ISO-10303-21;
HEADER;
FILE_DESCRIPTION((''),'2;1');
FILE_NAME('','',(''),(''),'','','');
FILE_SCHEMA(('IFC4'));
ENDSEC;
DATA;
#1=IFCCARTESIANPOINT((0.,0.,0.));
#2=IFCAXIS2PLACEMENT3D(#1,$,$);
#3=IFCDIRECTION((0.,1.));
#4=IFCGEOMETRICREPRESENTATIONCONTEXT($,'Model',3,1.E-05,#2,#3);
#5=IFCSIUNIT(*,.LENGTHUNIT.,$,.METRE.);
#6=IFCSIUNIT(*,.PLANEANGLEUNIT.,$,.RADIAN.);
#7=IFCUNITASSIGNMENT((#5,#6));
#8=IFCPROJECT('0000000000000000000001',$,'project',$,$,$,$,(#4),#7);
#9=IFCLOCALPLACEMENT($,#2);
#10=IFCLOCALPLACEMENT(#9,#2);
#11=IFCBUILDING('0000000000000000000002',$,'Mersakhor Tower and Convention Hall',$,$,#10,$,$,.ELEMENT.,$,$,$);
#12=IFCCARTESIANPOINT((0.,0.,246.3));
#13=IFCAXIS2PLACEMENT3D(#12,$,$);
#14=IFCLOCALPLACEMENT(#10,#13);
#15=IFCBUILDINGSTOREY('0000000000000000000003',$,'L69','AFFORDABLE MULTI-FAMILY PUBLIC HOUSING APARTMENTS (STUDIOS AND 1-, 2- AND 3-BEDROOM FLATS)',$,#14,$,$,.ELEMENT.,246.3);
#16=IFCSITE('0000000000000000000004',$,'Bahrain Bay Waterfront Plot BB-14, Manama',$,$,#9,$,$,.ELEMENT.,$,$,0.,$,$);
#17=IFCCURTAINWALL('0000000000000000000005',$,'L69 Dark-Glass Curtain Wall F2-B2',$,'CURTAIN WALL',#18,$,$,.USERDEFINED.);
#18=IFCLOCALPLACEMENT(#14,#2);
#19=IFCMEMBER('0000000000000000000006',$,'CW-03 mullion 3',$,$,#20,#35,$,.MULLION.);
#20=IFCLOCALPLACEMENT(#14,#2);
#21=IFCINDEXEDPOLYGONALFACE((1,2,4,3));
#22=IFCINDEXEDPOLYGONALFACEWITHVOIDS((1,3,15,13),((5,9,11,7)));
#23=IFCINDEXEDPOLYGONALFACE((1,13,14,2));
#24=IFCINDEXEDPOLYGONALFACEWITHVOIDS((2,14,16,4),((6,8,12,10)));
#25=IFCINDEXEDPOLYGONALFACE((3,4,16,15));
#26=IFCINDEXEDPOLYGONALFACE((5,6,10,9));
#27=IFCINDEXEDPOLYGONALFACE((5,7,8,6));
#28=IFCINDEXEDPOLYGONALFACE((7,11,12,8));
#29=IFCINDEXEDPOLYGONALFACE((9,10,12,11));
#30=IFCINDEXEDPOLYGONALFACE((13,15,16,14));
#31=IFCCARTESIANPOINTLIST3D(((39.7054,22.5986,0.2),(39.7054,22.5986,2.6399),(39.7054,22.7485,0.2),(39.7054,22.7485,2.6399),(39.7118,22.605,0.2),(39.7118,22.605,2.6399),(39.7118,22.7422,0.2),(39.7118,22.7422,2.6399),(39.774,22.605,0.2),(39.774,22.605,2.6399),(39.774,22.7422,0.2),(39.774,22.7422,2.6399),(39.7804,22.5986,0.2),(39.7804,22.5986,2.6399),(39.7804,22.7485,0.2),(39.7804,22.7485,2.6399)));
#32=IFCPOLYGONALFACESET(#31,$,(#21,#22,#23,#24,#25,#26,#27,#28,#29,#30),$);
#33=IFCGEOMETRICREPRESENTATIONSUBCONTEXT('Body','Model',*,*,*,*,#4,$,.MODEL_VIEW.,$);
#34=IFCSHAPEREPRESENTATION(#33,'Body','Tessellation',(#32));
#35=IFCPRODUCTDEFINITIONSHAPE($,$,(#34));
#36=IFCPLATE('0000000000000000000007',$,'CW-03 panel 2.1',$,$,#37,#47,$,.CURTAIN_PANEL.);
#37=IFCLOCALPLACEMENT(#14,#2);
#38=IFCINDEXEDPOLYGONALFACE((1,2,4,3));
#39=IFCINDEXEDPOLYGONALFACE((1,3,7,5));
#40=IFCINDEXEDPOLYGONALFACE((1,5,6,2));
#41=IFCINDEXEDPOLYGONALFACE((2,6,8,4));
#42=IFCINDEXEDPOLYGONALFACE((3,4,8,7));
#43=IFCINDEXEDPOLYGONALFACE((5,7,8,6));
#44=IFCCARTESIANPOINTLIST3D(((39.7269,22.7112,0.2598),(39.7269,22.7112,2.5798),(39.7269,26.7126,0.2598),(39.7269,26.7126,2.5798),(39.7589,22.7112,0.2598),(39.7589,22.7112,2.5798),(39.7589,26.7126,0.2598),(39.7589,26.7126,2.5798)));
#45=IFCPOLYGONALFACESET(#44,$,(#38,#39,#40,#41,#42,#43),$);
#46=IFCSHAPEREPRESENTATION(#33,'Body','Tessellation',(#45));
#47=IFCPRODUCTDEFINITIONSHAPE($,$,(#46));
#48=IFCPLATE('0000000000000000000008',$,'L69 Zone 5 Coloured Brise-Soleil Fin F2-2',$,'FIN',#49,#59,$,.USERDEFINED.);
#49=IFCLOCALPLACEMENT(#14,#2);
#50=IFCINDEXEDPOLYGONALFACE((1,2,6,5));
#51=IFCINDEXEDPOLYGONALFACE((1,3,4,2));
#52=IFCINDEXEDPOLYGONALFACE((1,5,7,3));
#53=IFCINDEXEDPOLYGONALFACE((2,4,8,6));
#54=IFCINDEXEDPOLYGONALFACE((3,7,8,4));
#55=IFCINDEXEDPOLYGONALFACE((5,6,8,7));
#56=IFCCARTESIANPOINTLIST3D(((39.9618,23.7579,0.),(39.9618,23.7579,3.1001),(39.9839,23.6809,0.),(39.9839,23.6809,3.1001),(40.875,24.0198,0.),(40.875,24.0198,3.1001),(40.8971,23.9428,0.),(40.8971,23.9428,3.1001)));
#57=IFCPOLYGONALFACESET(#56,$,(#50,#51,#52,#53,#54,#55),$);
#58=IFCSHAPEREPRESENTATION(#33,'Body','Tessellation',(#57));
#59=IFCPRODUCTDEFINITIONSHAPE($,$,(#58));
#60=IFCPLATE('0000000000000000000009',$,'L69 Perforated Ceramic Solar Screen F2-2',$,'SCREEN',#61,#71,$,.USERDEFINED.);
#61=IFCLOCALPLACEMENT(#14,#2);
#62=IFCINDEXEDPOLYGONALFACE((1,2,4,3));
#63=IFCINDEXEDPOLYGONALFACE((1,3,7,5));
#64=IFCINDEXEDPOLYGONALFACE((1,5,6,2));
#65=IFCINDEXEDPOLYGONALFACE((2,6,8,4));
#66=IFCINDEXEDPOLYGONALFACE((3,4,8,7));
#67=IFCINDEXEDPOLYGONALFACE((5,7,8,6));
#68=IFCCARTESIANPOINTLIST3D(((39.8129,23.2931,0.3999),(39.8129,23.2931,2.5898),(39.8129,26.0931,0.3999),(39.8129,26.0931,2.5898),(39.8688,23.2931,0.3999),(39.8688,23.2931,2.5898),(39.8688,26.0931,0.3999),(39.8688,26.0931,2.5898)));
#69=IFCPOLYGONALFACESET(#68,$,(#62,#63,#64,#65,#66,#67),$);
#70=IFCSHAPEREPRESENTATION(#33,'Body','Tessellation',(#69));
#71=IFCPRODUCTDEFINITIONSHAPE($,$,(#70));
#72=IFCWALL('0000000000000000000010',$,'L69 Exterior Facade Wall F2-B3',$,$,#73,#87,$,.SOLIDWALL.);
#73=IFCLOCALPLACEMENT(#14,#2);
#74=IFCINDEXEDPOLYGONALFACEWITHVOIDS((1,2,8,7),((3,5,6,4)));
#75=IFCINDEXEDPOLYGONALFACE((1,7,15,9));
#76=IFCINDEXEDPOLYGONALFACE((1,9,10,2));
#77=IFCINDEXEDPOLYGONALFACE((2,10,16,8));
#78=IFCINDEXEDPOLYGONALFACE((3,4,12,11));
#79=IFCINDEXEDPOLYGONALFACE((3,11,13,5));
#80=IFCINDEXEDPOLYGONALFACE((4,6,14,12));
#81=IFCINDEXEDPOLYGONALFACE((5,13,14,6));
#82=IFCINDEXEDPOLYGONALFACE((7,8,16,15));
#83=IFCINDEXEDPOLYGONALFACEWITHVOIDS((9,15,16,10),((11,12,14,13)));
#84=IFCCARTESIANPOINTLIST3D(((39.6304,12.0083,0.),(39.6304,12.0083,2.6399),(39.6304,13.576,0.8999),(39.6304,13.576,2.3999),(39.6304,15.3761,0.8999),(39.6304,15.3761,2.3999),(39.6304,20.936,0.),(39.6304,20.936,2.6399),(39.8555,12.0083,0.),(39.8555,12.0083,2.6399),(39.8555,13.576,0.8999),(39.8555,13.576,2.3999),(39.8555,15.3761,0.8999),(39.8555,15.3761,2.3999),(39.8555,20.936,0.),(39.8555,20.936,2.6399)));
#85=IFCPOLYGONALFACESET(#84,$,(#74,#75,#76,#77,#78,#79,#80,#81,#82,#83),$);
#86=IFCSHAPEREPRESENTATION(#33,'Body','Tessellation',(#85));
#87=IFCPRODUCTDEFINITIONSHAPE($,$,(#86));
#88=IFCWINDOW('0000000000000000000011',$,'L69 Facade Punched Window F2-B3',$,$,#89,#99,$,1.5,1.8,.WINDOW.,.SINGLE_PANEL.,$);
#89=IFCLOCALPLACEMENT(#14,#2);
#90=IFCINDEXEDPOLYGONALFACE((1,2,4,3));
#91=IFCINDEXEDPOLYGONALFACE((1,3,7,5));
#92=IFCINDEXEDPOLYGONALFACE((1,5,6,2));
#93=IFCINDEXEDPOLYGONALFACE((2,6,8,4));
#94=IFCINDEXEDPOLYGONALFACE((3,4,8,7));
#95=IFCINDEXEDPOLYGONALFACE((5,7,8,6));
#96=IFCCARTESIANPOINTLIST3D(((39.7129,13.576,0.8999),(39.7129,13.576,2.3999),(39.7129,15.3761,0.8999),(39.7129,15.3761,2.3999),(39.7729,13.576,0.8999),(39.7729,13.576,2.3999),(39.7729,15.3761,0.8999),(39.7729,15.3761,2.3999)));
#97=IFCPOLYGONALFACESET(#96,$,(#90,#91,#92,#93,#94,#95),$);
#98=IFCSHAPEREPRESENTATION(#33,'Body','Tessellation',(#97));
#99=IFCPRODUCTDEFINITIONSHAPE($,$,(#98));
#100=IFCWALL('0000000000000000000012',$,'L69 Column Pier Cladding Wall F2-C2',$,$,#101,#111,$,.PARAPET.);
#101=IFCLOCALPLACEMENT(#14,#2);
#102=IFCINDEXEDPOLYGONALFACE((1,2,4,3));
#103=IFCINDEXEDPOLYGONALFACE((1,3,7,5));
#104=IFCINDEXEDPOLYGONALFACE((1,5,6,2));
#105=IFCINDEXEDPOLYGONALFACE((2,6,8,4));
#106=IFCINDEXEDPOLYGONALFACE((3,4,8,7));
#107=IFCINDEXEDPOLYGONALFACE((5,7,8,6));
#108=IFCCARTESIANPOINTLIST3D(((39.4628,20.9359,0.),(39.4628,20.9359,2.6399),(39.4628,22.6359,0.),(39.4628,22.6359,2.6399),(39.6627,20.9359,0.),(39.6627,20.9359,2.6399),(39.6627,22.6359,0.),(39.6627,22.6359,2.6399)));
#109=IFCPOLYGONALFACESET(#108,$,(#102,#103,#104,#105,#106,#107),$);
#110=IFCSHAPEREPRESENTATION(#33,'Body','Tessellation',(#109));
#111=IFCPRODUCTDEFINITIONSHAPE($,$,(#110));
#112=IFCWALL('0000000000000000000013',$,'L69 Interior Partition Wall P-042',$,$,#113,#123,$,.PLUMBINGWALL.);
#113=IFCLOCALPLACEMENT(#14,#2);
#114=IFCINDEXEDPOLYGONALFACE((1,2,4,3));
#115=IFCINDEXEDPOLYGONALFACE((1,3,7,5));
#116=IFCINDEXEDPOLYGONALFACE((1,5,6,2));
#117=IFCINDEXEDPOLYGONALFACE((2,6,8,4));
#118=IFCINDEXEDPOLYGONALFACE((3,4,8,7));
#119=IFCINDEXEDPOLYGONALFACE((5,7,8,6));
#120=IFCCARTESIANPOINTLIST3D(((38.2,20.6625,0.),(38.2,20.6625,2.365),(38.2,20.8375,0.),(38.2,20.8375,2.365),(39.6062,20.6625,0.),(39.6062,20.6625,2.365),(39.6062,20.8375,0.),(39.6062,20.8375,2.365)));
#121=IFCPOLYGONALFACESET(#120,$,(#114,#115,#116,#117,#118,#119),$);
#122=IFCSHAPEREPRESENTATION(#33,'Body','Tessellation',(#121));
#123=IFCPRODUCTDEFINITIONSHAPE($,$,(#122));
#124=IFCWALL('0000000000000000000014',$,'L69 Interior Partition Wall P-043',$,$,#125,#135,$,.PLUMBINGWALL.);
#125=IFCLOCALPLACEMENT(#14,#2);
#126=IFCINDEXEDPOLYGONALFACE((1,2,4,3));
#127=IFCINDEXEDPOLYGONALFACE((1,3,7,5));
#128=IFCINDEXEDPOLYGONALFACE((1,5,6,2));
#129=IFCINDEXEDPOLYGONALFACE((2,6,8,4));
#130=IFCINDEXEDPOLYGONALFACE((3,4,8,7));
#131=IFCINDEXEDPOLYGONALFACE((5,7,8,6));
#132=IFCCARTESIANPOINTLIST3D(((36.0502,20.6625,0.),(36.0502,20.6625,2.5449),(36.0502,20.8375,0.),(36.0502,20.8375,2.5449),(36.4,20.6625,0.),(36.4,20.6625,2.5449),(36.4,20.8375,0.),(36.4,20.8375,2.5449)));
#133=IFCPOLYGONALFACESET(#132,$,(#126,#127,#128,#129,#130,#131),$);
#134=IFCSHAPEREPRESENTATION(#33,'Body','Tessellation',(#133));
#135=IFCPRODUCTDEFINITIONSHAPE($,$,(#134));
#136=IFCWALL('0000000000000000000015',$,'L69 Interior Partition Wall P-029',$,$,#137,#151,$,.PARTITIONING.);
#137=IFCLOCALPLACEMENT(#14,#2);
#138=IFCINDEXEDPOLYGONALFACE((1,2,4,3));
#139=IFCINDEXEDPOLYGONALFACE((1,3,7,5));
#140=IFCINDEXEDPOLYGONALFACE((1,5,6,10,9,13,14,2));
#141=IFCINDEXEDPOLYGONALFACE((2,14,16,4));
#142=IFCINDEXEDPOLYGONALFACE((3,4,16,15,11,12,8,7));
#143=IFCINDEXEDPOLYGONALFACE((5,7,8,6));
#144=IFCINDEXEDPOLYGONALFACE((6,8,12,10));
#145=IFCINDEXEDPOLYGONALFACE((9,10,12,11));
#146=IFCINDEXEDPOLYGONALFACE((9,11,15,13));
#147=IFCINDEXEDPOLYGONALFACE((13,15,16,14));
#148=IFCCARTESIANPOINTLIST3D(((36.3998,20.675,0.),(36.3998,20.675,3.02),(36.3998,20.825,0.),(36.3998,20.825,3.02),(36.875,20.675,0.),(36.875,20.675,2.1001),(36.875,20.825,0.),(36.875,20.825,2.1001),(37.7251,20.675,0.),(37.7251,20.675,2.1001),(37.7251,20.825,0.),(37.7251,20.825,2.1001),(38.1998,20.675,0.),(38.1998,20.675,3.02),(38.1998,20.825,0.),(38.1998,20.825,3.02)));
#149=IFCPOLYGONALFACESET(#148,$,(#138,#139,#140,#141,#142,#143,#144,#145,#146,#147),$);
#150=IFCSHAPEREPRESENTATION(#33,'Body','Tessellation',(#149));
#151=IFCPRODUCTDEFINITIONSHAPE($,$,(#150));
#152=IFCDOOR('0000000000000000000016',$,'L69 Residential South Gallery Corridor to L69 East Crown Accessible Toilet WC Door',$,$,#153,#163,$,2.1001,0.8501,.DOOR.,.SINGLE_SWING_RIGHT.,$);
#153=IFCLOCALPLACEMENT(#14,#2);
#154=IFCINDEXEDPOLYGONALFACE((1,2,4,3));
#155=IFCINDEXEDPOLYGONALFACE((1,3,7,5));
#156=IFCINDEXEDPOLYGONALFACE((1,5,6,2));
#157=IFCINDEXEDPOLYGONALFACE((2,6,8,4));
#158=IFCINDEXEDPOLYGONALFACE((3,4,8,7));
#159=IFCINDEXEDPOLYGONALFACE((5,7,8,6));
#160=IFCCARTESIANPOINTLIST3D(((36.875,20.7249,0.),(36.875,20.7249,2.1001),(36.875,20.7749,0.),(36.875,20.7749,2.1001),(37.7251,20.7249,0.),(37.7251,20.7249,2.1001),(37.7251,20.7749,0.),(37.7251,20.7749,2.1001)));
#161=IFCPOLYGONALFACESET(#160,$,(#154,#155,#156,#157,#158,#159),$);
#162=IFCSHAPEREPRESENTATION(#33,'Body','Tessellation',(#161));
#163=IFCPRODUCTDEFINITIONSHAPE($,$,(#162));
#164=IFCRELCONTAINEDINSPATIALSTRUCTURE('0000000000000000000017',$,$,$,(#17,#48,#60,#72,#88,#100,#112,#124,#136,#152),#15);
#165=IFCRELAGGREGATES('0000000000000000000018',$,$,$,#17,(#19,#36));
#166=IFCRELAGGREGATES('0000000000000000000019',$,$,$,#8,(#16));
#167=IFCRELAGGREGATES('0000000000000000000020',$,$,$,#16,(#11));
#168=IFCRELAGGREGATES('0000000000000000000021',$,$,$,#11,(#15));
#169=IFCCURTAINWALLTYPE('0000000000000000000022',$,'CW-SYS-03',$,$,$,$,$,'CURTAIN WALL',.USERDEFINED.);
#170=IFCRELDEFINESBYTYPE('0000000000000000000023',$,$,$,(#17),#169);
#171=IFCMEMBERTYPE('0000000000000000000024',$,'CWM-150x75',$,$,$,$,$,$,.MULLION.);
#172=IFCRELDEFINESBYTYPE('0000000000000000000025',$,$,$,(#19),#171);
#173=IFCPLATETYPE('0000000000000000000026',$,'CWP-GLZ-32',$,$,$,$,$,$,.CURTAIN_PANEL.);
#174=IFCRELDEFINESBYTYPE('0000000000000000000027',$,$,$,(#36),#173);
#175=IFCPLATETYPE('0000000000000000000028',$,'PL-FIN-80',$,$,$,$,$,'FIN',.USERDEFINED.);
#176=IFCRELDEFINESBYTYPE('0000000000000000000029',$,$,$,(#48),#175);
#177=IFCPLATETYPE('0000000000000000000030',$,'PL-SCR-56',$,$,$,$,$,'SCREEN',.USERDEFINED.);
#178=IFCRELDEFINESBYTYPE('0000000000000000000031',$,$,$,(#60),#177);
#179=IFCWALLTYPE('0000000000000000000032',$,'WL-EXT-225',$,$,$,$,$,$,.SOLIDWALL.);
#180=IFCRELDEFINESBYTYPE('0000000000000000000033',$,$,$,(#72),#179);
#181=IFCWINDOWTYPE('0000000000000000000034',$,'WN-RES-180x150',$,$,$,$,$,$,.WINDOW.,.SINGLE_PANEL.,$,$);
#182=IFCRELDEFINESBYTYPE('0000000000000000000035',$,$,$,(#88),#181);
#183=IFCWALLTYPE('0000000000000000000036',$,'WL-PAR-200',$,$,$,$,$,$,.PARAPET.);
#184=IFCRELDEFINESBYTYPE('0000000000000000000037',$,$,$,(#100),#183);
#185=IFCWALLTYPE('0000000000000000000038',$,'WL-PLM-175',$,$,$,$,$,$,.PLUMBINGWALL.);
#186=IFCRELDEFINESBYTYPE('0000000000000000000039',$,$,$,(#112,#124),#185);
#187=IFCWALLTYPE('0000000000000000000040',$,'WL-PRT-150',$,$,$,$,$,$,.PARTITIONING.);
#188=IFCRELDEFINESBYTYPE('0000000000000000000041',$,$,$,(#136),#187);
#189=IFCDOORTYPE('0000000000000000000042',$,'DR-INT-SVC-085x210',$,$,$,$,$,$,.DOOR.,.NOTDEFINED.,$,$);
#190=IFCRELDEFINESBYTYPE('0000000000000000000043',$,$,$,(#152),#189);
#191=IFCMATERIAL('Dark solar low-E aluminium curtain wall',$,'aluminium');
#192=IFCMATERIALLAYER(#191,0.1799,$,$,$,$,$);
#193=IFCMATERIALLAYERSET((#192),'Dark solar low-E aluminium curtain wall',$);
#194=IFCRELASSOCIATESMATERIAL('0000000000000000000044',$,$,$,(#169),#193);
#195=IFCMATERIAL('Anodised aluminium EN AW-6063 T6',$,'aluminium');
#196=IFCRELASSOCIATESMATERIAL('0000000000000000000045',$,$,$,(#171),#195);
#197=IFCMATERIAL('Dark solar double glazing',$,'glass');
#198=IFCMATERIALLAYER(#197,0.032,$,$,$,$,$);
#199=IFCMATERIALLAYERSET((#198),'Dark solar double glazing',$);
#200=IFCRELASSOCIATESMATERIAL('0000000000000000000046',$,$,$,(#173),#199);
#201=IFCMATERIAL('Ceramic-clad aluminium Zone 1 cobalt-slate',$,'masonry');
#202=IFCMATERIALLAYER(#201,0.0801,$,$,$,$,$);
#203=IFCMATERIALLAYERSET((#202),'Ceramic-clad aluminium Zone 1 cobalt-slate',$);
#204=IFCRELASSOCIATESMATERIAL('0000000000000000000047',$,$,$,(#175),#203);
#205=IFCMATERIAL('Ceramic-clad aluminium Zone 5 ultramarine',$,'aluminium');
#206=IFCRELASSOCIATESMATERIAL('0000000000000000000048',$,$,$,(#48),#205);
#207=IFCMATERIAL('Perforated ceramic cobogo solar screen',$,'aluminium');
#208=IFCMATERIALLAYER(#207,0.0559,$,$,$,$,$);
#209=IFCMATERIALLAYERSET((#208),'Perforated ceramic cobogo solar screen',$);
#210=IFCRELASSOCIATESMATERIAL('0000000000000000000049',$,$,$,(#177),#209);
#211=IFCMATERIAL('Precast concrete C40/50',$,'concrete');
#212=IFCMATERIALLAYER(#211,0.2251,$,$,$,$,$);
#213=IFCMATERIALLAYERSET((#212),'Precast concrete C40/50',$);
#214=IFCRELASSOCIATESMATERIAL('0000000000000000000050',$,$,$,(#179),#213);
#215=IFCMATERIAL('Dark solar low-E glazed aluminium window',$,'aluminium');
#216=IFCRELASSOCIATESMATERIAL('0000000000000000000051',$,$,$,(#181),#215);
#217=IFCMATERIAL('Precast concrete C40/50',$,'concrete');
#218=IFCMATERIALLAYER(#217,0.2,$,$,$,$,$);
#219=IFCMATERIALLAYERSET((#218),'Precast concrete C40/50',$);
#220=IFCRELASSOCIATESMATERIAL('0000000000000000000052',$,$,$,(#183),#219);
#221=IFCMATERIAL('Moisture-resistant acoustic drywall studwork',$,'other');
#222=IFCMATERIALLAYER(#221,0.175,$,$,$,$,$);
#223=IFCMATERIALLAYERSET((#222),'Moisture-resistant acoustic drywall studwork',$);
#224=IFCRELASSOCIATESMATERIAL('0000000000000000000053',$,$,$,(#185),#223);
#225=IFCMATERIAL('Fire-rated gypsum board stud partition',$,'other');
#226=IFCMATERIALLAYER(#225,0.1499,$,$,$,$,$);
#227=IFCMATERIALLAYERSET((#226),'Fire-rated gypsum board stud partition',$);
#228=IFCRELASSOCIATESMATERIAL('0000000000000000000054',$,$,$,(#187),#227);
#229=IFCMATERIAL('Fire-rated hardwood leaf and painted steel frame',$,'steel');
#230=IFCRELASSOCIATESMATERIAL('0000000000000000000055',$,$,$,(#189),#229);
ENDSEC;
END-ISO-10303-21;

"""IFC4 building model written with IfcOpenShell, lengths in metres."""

from ifc_helpers import new_model, si_unit, direction, frame, frame_2d, origin, origin_2d, place, context, subcontext, project, spatial, rectangle, hollow_rectangle, extrude, material, layer, layer_set, material_profile, profile_set, type_object, element, fill, aggregate, save


model = new_model("IFC4")

# Units and contexts
model_context = context("Model", 3, precision=1e-05, world=origin(), true_north=direction((0.0, 1.0)))
body_context = subcontext(model_context, "Body", "Model", "MODEL_VIEW")
ifc_project = project(units=[si_unit("LENGTHUNIT", "METRE"), si_unit("PLANEANGLEUNIT", "RADIAN")], contexts=[model_context])

# Site, building, storey
site_placement = place(None, origin())
site = spatial("IfcSite", under=ifc_project, at=site_placement, Name="Bahrain Bay Waterfront Plot BB-14, Manama", CompositionType="ELEMENT", RefElevation=0.0)
building_placement = place(site_placement, origin())
building = spatial("IfcBuilding", under=site, at=building_placement, Name="Mersakhor Tower and Convention Hall", CompositionType="ELEMENT")
storey_placement = place(building_placement, frame((0.0, 0.0, 246.3)))
storey = spatial("IfcBuildingStorey", under=building, at=storey_placement, Name="L69", Description="AFFORDABLE MULTI-FAMILY PUBLIC HOUSING APARTMENTS (STUDIOS AND 1-, 2- AND 3-BEDROOM FLATS)", CompositionType="ELEMENT", Elevation=246.3)

# Curtain wall, member, plate
ifc_material_1 = material(Name="Dark solar low-E aluminium curtain wall", Category="aluminium")
ifc_layer_1 = layer(ifc_material_1, 0.1799)
ifc_layer_set_1 = layer_set([ifc_layer_1], Name="Dark solar low-E aluminium curtain wall")
curtain_wall_type = type_object("IfcCurtainWallType", Name="CW-SYS-03", ElementType="CURTAIN WALL", PredefinedType="USERDEFINED", material=ifc_layer_set_1)
curtain_wall_placement = place(storey_placement, origin())
curtain_wall = element("IfcCurtainWall", 1, at=curtain_wall_placement, inside=storey, type_object=curtain_wall_type, Name="L69 Dark-Glass Curtain Wall F2-B2", ObjectType="CURTAIN WALL", PredefinedType="USERDEFINED")
ifc_material_2 = material(Name="Anodised aluminium EN AW-6063 T6", Category="aluminium")
ifc_material_profile = material_profile(ifc_material_2, hollow_rectangle(XDim=0.075, YDim=0.1499, WallThickness=0.0063, at=origin_2d()), Name="RHS 150x75x6.3")
ifc_profile_set = profile_set([ifc_material_profile], Name="Anodised aluminium EN AW-6063 T6")
member_type = type_object("IfcMemberType", Name="CWM-150x75", PredefinedType="MULLION", material=ifc_profile_set)
member_placement = place(storey_placement, frame((39.7429, 22.6736, 0.2), z_axis=(0.0, 0.0, 1.0), x_axis=(1.0, 0.0, 0.0)))
member = element("IfcMember", 2, at=member_placement, type_object=member_type, Name="CW-03 mullion 3", PredefinedType="MULLION", context=body_context, shape_type="SweptSolid", body=[
    extrude(hollow_rectangle(XDim=0.075, YDim=0.1499, WallThickness=0.0063, at=origin_2d()), origin(), (0.0, 0.0, 1.0), 2.4399),
])
ifc_material_3 = material(Name="Dark solar double glazing", Category="glass")
ifc_layer_2 = layer(ifc_material_3, 0.032)
ifc_layer_set_2 = layer_set([ifc_layer_2], Name="Dark solar double glazing")
plate_type_1 = type_object("IfcPlateType", Name="CWP-GLZ-32", PredefinedType="CURTAIN_PANEL", material=ifc_layer_set_2)
plate_1_placement = place(storey_placement, frame((39.7429, 24.7119, 0.2598), z_axis=(0.0, 0.0, 1.0), x_axis=(0.0, -1.0, 0.0)))
plate_1 = element("IfcPlate", 3, at=plate_1_placement, type_object=plate_type_1, Name="CW-03 panel 2.1", PredefinedType="CURTAIN_PANEL", context=body_context, shape_type="SweptSolid", body=[
    extrude(rectangle(XDim=4.0015, YDim=0.032, at=origin_2d()), origin(), (0.0, 0.0, 1.0), 2.3201),
])
aggregate(curtain_wall, [member, plate_1])

# Plates
ifc_material_4 = material(Name="Ceramic-clad aluminium Zone 5 ultramarine", Category="aluminium")
ifc_material_5 = material(Name="Ceramic-clad aluminium Zone 1 cobalt-slate", Category="masonry")
ifc_layer_3 = layer(ifc_material_5, 0.0801)
ifc_layer_set_3 = layer_set([ifc_layer_3], Name="Ceramic-clad aluminium Zone 1 cobalt-slate")
plate_type_2 = type_object("IfcPlateType", Name="PL-FIN-80", ElementType="FIN", PredefinedType="USERDEFINED", material=ifc_layer_set_3)
plate_2_placement = place(storey_placement, frame((40.4294, 23.8503, 0.0), z_axis=(0.0, 0.0, 1.0), x_axis=(0.961262, 0.275637, 0.0)))
element("IfcPlate", 4, at=plate_2_placement, inside=storey, type_object=plate_type_2, material=ifc_material_4, Name="L69 Zone 5 Coloured Brise-Soleil Fin F2-2", ObjectType="FIN", PredefinedType="USERDEFINED", context=body_context, shape_type="SweptSolid", body=[
    extrude(rectangle(XDim=0.95, YDim=0.0801, at=origin_2d()), origin(), (0.0, 0.0, 1.0), 3.1001),
])
ifc_material_6 = material(Name="Perforated ceramic cobogo solar screen", Category="aluminium")
ifc_layer_4 = layer(ifc_material_6, 0.0559)
ifc_layer_set_4 = layer_set([ifc_layer_4], Name="Perforated ceramic cobogo solar screen")
plate_type_3 = type_object("IfcPlateType", Name="PL-SCR-56", ElementType="SCREEN", PredefinedType="USERDEFINED", material=ifc_layer_set_4)
plate_3_placement = place(storey_placement, frame((39.8408, 24.6931, 0.3999), z_axis=(0.0, 0.0, 1.0), x_axis=(0.0, -1.0, 0.0)))
element("IfcPlate", 5, at=plate_3_placement, inside=storey, type_object=plate_type_3, Name="L69 Perforated Ceramic Solar Screen F2-2", ObjectType="SCREEN", PredefinedType="USERDEFINED", context=body_context, shape_type="SweptSolid", body=[
    extrude(rectangle(XDim=2.8, YDim=0.0559, at=origin_2d()), origin(), (0.0, 0.0, 1.0), 2.1899),
])

# Wall, opening, window
ifc_material_7 = material(Name="Precast concrete C40/50", Category="concrete")
ifc_layer_5 = layer(ifc_material_7, 0.2251)
ifc_layer_set_5 = layer_set([ifc_layer_5], Name="Precast concrete C40/50")
wall_type_1 = type_object("IfcWallType", Name="WL-EXT-225", PredefinedType="SOLIDWALL", material=ifc_layer_set_5)
wall_1_placement = place(storey_placement, frame((39.7429, 20.936, 0.0), z_axis=(0.0, 0.0, 1.0), x_axis=(0.0, -1.0, 0.0)))
wall_1 = element("IfcWall", 6, at=wall_1_placement, inside=storey, type_object=wall_type_1, Name="L69 Exterior Facade Wall F2-B3", PredefinedType="SOLIDWALL", context=body_context, shape_type="SweptSolid", body=[
    extrude(rectangle(XDim=8.9277, YDim=0.2251, at=frame_2d((4.4639, 0.0))), origin(), (0.0, 0.0, 1.0), 2.6399),
])
opening_1_placement = place(wall_1_placement, frame((5.5601, 0.0, 0.8999)))
opening_1 = element("IfcOpeningElement", 7, at=opening_1_placement, cuts=wall_1, PredefinedType="OPENING", context=body_context, shape_type="SweptSolid", body=[
    extrude(rectangle(XDim=1.8, YDim=1.5, at=frame_2d((0.8999, 0.75))), frame((0.0, 0.1226, 0.0), z_axis=(0.0, -1.0, 0.0), x_axis=(1.0, 0.0, 0.0)), (0.0, 0.0, 1.0), 0.2451),
])
ifc_material_8 = material(Name="Dark solar low-E glazed aluminium window", Category="aluminium")
window_type = type_object("IfcWindowType", Name="WN-RES-180x150", PartitioningType="SINGLE_PANEL", PredefinedType="WINDOW", material=ifc_material_8)
window_placement = place(opening_1_placement, origin())
window = element("IfcWindow", 8, at=window_placement, inside=storey, type_object=window_type, Name="L69 Facade Punched Window F2-B3", OverallHeight=1.5, OverallWidth=1.8, PartitioningType="SINGLE_PANEL", PredefinedType="WINDOW", context=body_context, shape_type="SweptSolid", body=[
    extrude(rectangle(XDim=1.8, YDim=1.5, at=frame_2d((0.8999, 0.75))), frame((0.0, 0.03, 0.0), z_axis=(0.0, -1.0, 0.0), x_axis=(1.0, 0.0, 0.0)), (0.0, 0.0, 1.0), 0.0601),
])
fill(opening_1, window)

# Walls
ifc_material_9 = material(Name="Precast concrete C40/50", Category="concrete")
ifc_layer_6 = layer(ifc_material_9, 0.2)
ifc_layer_set_6 = layer_set([ifc_layer_6], Name="Precast concrete C40/50")
wall_type_2 = type_object("IfcWallType", Name="WL-PAR-200", PredefinedType="PARAPET", material=ifc_layer_set_6)
wall_2_placement = place(storey_placement, frame((39.5627, 22.636, 0.0), z_axis=(0.0, 0.0, 1.0), x_axis=(0.0, -1.0, 0.0)))
element("IfcWall", 9, at=wall_2_placement, inside=storey, type_object=wall_type_2, Name="L69 Column Pier Cladding Wall F2-C2", PredefinedType="PARAPET", context=body_context, shape_type="SweptSolid", body=[
    extrude(rectangle(XDim=1.7, YDim=0.2, at=frame_2d((0.8501, 0.0))), origin(), (0.0, 0.0, 1.0), 2.6399),
])
ifc_material_10 = material(Name="Moisture-resistant acoustic drywall studwork", Category="other")
ifc_layer_7 = layer(ifc_material_10, 0.175)
ifc_layer_set_7 = layer_set([ifc_layer_7], Name="Moisture-resistant acoustic drywall studwork")
wall_type_3 = type_object("IfcWallType", Name="WL-PLM-175", PredefinedType="PLUMBINGWALL", material=ifc_layer_set_7)
wall_3_placement = place(storey_placement, frame((39.6062, 20.75, 0.0), z_axis=(0.0, 0.0, 1.0), x_axis=(-1.0, 0.0, 0.0)))
element("IfcWall", 10, at=wall_3_placement, inside=storey, type_object=wall_type_3, Name="L69 Interior Partition Wall P-042", PredefinedType="PLUMBINGWALL", context=body_context, shape_type="SweptSolid", body=[
    extrude(rectangle(XDim=1.4062, YDim=0.175, at=frame_2d((0.7031, 0.0))), origin(), (0.0, 0.0, 1.0), 2.365),
])
wall_4_placement = place(storey_placement, frame((36.3999, 20.75, 0.0), z_axis=(0.0, 0.0, 1.0), x_axis=(-1.0, 0.0, 0.0)))
element("IfcWall", 11, at=wall_4_placement, inside=storey, type_object=wall_type_3, Name="L69 Interior Partition Wall P-043", PredefinedType="PLUMBINGWALL", context=body_context, shape_type="SweptSolid", body=[
    extrude(rectangle(XDim=0.3499, YDim=0.175, at=frame_2d((0.1748, 0.0))), origin(), (0.0, 0.0, 1.0), 2.5449),
])

# Wall, opening, door
ifc_material_11 = material(Name="Fire-rated gypsum board stud partition", Category="other")
ifc_layer_8 = layer(ifc_material_11, 0.1499)
ifc_layer_set_8 = layer_set([ifc_layer_8], Name="Fire-rated gypsum board stud partition")
wall_type_4 = type_object("IfcWallType", Name="WL-PRT-150", PredefinedType="PARTITIONING", material=ifc_layer_set_8)
wall_5_placement = place(storey_placement, frame((36.3999, 20.75, 0.0), z_axis=(0.0, 0.0, 1.0), x_axis=(1.0, 0.0, 0.0)))
wall_5 = element("IfcWall", 12, at=wall_5_placement, inside=storey, type_object=wall_type_4, Name="L69 Interior Partition Wall P-029", PredefinedType="PARTITIONING", context=body_context, shape_type="SweptSolid", body=[
    extrude(rectangle(XDim=1.8, YDim=0.1499, at=frame_2d((0.8999, 0.0))), origin(), (0.0, 0.0, 1.0), 3.02),
])
opening_2_placement = place(wall_5_placement, frame((0.4751, 0.0, 0.0)))
opening_2 = element("IfcOpeningElement", 13, at=opening_2_placement, cuts=wall_5, PredefinedType="OPENING", context=body_context, shape_type="SweptSolid", body=[
    extrude(rectangle(XDim=0.8501, YDim=2.1001, at=frame_2d((0.425, 1.05))), frame((0.0, 0.085, 0.0), z_axis=(0.0, -1.0, 0.0), x_axis=(1.0, 0.0, 0.0)), (0.0, 0.0, 1.0), 0.1699),
])
ifc_material_12 = material(Name="Fire-rated hardwood leaf and painted steel frame", Category="steel")
door_type = type_object("IfcDoorType", Name="DR-INT-SVC-085x210", OperationType="NOTDEFINED", PredefinedType="DOOR", material=ifc_material_12)
door_placement = place(opening_2_placement, origin())
door = element("IfcDoor", 14, at=door_placement, inside=storey, type_object=door_type, Name="L69 Residential South Gallery Corridor to L69 East Crown Accessible Toilet WC Door", OperationType="SINGLE_SWING_RIGHT", OverallHeight=2.1001, OverallWidth=0.8501, PredefinedType="DOOR", context=body_context, shape_type="SweptSolid", body=[
    extrude(rectangle(XDim=0.8501, YDim=2.1001, at=frame_2d((0.425, 1.05))), frame((0.0, 0.0249, 0.0), z_axis=(0.0, -1.0, 0.0), x_axis=(1.0, 0.0, 0.0)), (0.0, 0.0, 1.0), 0.05),
])
fill(opening_2, door)

save(model, "model.ifc")
